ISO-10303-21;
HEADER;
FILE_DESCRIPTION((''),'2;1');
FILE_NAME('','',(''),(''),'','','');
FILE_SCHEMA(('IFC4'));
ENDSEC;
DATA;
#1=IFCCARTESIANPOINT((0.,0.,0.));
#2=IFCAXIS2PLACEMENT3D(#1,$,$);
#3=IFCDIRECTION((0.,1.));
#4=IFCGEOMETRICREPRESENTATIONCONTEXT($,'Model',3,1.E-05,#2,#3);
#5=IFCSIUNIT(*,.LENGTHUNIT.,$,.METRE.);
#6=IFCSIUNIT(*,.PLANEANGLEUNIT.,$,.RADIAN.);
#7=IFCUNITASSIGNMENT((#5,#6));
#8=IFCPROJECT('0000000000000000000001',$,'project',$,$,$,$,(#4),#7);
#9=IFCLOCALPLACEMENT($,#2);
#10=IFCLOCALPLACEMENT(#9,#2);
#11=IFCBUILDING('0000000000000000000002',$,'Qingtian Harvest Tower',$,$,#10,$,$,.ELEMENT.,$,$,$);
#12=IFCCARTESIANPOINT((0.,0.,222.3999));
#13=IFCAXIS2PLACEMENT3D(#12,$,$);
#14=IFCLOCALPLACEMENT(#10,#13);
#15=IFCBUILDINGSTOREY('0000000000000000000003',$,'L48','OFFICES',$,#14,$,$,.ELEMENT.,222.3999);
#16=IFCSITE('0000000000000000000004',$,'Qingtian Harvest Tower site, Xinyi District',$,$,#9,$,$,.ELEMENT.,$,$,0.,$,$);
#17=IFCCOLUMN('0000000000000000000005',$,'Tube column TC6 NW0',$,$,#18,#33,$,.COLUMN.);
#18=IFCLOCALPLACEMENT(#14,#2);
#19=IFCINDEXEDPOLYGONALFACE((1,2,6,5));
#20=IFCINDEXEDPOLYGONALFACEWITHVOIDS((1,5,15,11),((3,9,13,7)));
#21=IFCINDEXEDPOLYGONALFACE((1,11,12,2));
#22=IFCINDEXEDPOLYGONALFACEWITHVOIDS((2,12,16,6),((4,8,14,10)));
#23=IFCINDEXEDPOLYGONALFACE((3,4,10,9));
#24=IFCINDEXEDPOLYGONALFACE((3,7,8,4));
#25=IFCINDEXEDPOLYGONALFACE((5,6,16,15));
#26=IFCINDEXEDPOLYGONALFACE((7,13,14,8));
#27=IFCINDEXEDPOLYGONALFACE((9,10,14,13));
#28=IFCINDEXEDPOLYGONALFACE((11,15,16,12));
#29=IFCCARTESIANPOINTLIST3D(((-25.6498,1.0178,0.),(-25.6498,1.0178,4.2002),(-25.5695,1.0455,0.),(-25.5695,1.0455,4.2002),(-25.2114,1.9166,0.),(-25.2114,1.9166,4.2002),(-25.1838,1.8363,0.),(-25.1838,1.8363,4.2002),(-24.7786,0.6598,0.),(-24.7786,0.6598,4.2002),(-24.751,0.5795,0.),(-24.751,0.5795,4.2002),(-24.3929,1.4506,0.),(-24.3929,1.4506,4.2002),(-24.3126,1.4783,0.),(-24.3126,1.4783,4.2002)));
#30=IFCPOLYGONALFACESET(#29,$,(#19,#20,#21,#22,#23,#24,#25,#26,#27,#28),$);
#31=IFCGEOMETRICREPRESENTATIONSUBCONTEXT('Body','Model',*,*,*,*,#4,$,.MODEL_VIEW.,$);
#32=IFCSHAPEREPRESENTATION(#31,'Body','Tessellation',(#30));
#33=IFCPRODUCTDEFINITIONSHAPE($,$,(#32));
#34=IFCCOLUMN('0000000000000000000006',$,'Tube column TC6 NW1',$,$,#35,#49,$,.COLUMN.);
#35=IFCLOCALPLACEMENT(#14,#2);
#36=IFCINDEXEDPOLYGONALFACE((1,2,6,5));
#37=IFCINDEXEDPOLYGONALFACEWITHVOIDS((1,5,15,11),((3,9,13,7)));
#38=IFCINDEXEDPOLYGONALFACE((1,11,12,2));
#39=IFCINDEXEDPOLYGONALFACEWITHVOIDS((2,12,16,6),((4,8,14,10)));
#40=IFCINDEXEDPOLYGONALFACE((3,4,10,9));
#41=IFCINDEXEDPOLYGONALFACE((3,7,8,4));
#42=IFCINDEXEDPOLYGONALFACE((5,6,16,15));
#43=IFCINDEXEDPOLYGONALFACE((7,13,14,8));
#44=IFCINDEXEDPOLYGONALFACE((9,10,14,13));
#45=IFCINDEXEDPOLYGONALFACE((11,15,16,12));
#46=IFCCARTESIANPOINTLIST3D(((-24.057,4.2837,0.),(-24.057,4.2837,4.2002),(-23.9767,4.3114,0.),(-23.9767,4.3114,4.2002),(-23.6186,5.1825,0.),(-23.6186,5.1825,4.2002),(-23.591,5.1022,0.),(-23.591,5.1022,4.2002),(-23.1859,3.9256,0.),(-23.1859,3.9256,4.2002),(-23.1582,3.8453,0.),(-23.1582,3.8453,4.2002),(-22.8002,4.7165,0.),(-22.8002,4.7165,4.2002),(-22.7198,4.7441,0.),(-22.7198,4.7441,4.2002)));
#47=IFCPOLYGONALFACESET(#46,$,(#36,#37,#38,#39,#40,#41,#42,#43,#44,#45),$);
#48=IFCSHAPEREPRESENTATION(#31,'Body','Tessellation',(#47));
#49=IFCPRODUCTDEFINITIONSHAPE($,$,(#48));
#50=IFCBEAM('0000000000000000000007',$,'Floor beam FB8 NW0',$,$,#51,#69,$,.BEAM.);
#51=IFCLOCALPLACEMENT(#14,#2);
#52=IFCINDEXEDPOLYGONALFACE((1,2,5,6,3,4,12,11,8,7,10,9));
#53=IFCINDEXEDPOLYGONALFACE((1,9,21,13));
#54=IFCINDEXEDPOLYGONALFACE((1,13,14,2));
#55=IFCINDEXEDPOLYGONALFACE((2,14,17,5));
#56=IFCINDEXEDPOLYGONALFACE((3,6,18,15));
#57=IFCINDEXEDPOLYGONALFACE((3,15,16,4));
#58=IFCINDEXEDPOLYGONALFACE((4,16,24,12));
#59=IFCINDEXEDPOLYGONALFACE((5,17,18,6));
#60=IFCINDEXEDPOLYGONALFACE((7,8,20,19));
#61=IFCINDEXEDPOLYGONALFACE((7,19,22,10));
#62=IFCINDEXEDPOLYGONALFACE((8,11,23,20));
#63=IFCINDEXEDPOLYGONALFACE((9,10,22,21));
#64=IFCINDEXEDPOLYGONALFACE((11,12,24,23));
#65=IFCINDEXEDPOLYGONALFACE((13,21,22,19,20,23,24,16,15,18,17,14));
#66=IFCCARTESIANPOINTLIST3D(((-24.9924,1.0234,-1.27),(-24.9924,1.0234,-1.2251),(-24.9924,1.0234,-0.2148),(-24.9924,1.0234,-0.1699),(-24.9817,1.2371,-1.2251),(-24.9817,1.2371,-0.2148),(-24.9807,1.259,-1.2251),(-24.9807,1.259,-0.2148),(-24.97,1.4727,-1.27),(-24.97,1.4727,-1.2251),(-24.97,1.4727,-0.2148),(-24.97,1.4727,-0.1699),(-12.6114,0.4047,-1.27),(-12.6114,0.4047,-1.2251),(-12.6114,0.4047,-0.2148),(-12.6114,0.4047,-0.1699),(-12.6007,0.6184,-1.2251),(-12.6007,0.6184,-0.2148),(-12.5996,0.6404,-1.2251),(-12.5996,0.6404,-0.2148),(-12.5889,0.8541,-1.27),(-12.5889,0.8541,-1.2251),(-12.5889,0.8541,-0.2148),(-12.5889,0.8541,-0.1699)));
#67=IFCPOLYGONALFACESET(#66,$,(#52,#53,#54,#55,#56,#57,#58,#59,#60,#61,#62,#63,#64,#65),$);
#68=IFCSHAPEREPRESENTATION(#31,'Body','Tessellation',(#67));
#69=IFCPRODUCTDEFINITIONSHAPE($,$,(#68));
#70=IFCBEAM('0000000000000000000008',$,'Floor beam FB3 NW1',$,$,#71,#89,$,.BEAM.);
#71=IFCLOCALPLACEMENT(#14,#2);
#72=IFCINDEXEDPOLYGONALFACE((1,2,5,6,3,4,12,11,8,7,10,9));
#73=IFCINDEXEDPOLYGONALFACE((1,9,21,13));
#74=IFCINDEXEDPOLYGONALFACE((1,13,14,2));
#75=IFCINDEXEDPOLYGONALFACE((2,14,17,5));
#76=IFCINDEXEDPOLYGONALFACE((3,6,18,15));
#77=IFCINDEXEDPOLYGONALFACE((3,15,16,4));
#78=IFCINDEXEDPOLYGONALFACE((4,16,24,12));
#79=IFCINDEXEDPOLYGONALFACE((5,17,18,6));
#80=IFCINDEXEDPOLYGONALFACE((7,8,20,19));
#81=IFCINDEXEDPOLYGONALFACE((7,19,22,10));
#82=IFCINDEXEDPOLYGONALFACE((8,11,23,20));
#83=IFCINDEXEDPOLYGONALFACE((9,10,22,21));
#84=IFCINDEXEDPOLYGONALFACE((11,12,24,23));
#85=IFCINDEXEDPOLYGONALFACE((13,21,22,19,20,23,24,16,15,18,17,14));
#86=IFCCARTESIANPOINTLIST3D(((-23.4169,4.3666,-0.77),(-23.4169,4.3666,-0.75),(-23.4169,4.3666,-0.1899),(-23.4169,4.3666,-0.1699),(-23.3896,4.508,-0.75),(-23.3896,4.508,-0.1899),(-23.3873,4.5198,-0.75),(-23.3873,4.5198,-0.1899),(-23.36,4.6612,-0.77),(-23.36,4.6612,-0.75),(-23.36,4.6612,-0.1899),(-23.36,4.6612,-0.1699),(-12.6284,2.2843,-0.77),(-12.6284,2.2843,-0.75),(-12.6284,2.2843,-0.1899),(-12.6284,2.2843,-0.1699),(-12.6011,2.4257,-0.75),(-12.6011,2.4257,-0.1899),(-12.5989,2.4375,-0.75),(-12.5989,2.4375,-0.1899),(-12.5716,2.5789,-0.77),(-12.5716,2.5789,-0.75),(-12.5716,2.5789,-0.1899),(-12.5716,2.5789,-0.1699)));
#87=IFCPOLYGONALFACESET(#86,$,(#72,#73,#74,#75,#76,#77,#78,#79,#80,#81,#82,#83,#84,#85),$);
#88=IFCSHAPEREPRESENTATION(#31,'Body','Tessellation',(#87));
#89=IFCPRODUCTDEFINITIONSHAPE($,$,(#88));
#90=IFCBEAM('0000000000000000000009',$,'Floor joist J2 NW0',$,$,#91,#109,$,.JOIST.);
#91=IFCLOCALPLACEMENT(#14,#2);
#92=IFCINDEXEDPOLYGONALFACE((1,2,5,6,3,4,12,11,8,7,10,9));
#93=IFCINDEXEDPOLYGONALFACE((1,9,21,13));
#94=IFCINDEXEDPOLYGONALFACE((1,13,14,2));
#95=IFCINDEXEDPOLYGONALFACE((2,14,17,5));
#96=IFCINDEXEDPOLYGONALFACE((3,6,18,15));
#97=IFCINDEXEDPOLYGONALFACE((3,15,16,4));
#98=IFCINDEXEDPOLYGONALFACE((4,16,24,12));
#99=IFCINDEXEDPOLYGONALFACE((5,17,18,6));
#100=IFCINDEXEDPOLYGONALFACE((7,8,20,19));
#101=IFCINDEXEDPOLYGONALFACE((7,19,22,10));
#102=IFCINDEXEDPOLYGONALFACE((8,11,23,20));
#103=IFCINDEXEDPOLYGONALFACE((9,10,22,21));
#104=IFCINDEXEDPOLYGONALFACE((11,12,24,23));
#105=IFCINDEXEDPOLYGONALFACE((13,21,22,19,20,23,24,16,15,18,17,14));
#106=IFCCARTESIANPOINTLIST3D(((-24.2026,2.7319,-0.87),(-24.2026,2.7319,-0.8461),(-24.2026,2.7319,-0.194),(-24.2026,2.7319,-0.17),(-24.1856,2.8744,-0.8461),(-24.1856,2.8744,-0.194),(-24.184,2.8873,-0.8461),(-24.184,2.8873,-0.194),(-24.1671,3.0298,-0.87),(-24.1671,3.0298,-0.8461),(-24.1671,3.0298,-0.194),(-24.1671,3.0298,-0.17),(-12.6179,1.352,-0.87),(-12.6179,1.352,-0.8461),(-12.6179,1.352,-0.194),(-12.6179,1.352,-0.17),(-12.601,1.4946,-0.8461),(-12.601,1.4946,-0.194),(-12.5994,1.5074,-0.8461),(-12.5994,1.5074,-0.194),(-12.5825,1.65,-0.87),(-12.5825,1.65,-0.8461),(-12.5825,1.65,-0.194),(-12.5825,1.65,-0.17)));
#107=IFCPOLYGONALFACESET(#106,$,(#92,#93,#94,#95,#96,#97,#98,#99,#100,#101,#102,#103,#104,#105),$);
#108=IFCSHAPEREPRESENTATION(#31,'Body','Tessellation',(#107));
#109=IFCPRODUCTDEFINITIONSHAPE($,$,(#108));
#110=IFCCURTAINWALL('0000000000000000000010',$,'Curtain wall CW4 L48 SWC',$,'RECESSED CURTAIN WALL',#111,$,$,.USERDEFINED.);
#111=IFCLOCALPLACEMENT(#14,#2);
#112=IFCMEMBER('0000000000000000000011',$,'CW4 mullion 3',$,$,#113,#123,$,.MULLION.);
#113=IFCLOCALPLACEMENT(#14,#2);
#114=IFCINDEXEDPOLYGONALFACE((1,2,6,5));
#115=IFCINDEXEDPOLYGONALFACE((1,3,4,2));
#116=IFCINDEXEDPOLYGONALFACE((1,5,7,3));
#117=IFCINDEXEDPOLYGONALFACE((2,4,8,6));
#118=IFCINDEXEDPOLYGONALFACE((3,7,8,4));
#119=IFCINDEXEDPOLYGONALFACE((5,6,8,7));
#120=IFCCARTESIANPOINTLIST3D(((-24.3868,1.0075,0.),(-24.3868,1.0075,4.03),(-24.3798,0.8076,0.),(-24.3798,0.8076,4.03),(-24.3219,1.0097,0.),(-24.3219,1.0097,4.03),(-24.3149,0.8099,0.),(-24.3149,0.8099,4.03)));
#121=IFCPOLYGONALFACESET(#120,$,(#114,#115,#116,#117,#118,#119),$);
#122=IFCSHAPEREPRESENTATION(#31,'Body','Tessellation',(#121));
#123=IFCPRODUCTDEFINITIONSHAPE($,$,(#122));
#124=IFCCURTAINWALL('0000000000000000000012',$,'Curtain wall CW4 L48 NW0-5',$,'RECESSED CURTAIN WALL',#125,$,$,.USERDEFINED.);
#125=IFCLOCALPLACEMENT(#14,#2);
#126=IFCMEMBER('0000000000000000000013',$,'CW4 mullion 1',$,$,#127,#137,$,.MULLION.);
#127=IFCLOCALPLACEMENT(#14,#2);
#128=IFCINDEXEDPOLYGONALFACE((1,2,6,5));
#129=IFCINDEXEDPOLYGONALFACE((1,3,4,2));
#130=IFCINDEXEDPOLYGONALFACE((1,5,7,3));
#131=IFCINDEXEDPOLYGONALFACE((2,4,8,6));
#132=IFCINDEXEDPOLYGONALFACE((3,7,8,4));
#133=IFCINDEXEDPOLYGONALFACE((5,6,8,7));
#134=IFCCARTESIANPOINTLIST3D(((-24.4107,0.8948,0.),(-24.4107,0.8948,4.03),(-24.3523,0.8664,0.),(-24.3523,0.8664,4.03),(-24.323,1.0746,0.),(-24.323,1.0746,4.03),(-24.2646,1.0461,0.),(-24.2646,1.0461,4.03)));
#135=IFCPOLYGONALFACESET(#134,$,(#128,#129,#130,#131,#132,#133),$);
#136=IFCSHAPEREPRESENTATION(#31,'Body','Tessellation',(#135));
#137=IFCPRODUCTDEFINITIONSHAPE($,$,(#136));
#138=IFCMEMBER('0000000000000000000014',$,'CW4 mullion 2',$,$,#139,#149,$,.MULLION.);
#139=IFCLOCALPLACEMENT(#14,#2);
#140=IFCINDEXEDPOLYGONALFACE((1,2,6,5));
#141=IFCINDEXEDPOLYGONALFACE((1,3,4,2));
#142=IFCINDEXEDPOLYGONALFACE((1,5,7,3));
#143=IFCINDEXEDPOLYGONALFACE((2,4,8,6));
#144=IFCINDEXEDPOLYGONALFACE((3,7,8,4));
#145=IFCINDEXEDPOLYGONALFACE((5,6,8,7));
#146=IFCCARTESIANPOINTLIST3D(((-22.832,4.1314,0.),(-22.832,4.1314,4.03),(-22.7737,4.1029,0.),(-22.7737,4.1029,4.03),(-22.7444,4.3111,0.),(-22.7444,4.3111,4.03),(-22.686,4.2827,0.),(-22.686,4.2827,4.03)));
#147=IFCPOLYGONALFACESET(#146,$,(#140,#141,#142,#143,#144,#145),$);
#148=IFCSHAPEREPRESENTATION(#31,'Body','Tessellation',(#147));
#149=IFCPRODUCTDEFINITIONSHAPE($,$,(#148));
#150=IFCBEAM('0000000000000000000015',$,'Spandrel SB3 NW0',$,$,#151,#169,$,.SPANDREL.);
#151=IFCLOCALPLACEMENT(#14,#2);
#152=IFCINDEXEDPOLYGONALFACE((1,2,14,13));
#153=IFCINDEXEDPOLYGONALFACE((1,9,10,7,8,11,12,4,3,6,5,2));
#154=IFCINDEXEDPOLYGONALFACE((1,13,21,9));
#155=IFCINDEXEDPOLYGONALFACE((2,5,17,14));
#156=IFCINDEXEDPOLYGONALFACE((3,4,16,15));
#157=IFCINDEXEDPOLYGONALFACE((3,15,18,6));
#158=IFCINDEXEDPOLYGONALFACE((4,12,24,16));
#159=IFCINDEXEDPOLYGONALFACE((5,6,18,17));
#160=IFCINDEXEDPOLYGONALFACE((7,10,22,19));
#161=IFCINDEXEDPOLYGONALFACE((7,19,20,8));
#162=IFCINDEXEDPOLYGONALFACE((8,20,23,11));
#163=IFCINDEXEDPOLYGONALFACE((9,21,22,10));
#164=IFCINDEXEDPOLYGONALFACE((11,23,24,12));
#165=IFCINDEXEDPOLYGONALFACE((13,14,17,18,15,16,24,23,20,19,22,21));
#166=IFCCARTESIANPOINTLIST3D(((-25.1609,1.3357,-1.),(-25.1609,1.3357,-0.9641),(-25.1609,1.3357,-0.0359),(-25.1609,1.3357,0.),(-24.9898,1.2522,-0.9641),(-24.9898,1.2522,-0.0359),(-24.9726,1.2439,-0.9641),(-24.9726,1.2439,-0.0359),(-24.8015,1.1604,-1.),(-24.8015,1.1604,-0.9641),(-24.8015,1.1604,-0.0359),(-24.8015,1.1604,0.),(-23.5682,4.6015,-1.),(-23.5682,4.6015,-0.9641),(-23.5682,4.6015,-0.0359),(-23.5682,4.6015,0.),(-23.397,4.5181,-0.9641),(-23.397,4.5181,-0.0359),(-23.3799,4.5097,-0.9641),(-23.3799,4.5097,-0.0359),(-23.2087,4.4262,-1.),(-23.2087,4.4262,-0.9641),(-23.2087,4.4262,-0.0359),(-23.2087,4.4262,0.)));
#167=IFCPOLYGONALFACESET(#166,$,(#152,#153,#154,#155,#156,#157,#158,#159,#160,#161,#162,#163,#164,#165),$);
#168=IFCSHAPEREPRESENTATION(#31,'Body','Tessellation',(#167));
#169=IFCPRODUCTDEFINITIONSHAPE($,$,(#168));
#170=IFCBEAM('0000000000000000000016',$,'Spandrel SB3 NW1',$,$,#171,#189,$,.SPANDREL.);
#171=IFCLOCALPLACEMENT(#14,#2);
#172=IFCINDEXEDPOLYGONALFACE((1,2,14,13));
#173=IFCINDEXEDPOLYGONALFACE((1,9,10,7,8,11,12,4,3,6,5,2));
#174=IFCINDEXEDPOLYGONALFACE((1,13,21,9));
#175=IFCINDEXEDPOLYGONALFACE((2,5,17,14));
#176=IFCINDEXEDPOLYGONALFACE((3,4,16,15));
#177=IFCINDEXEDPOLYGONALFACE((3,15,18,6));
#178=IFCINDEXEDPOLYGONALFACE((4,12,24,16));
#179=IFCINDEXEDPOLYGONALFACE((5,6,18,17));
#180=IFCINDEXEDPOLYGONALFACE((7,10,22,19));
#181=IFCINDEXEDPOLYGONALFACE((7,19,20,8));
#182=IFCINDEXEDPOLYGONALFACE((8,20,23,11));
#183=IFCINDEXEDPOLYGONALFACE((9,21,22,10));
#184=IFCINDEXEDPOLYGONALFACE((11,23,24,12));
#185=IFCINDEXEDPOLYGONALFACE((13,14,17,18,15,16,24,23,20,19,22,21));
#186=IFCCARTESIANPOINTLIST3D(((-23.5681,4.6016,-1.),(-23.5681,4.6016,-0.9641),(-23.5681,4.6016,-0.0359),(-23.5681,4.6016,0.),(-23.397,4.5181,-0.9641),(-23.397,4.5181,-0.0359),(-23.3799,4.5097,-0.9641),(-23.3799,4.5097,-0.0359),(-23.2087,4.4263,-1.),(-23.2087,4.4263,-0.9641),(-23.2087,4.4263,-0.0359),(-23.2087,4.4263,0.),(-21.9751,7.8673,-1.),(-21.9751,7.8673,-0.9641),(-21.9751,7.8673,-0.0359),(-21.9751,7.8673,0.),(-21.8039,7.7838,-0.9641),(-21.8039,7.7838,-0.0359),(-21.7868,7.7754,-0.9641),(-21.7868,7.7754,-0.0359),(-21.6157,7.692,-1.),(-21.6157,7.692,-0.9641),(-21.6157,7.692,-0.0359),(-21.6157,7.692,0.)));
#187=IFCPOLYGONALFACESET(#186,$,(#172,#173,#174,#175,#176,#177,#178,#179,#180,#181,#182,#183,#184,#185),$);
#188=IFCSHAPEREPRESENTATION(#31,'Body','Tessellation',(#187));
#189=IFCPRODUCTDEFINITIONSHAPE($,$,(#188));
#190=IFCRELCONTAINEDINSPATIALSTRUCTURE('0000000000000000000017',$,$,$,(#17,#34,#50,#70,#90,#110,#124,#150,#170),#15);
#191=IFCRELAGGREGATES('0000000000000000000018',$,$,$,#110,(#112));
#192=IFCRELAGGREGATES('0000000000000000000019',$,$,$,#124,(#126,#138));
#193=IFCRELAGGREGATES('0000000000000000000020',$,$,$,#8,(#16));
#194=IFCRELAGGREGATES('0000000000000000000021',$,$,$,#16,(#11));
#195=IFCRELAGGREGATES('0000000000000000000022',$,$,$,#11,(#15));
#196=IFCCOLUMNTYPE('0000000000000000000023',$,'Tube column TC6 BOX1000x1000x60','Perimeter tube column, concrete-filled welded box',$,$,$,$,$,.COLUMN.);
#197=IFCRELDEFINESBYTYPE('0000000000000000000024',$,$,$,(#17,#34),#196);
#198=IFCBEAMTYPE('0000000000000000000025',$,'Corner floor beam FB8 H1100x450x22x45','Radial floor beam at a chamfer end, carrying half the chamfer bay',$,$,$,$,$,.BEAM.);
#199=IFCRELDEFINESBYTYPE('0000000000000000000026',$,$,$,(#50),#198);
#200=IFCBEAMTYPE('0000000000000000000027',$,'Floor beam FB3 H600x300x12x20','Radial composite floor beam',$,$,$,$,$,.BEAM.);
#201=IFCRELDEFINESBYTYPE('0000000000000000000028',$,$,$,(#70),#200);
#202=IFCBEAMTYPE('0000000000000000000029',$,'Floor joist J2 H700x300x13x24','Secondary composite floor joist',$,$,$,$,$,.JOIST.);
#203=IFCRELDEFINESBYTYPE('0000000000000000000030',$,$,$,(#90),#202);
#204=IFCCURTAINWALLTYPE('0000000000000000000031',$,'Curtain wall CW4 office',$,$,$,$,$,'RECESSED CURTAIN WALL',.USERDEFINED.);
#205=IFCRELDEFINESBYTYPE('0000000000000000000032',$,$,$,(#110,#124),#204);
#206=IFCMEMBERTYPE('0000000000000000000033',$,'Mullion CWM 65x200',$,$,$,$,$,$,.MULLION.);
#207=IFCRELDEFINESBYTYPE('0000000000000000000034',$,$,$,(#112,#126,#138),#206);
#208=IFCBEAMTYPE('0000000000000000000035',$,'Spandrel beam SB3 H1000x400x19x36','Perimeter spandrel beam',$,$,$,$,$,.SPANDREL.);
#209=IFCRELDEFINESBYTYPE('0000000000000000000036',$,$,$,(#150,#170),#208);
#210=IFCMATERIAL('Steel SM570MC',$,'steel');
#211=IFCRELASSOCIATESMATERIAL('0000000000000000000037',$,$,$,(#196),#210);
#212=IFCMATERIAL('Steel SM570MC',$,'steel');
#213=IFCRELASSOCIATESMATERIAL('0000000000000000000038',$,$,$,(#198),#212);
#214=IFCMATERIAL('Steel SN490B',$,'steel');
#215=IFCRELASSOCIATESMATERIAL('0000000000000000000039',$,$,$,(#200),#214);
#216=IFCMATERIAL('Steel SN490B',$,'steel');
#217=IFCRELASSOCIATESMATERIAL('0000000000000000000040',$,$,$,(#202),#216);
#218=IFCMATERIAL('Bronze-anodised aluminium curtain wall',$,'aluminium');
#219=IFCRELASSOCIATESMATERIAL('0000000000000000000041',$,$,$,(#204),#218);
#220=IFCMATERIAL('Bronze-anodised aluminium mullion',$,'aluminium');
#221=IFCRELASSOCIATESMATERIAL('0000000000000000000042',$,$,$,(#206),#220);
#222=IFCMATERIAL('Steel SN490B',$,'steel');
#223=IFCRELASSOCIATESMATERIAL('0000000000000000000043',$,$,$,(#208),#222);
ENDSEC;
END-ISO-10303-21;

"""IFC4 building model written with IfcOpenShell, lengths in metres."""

from ifc_helpers import new_model, si_unit, direction, frame, origin, origin_2d, place, context, subcontext, project, spatial, rectangle, hollow_rectangle, i_section, extrude, material, material_profile, profile_set, type_object, element, aggregate, save


model = new_model("IFC4")

# Units and contexts
model_context = context("Model", 3, precision=1e-05, world=origin(), true_north=direction((0.0, 1.0)))
body_context = subcontext(model_context, "Body", "Model", "MODEL_VIEW")
ifc_project = project(units=[si_unit("LENGTHUNIT", "METRE"), si_unit("PLANEANGLEUNIT", "RADIAN")], contexts=[model_context])

# Site, building, storey
site_placement = place(None, origin())
site = spatial("IfcSite", under=ifc_project, at=site_placement, Name="Qingtian Harvest Tower site, Xinyi District", CompositionType="ELEMENT", RefElevation=0.0)
building_placement = place(site_placement, origin())
building = spatial("IfcBuilding", under=site, at=building_placement, Name="Qingtian Harvest Tower", CompositionType="ELEMENT")
storey_placement = place(building_placement, frame((0.0, 0.0, 222.3999)))
storey = spatial("IfcBuildingStorey", under=building, at=storey_placement, Name="L48", Description="OFFICES", CompositionType="ELEMENT", Elevation=222.3999)

# Columns
ifc_material_1 = material(Name="Steel SM570MC", Category="steel")
ifc_material_profile_1 = material_profile(ifc_material_1, hollow_rectangle(XDim=1.0, YDim=1.0, WallThickness=0.0601, at=origin_2d()), Name="BOX1000x1000x60")
ifc_profile_set_1 = profile_set([ifc_material_profile_1], Name="Steel SM570MC")
column_type = type_object("IfcColumnType", Name="Tube column TC6 BOX1000x1000x60", Description="Perimeter tube column, concrete-filled welded box", PredefinedType="COLUMN", material=ifc_profile_set_1)
for number, where, z_axis, x_axis, name in (
    (1, (-24.9812, 1.248, 0.0), (0.0, 0.0, 1.0), (-0.438371, -0.898794, 0.0), "Tube column TC6 NW0"),
    (2, (-23.3884, 4.5139, 0.0), (0.0, 0.0, 1.0), (-0.438371, -0.898794, 0.0), "Tube column TC6 NW1"),
):
    element("IfcColumn", number, at=place(storey_placement, frame(where, z_axis=z_axis, x_axis=x_axis)), inside=storey, type_object=column_type, Name=name, PredefinedType="COLUMN", context=body_context, shape_type="SweptSolid", body=[
        extrude(hollow_rectangle(XDim=1.0, YDim=1.0, WallThickness=0.0601, at=origin_2d()), origin(), (0.0, 0.0, 1.0), 4.2002),
    ])

# Beams
ifc_material_2 = material(Name="Steel SM570MC", Category="steel")
ifc_material_profile_2 = material_profile(ifc_material_2, i_section(OverallWidth=0.45, OverallDepth=1.1001, WebThickness=0.022, FlangeThickness=0.0449, at=origin_2d()), Name="H1100x450x22x45")
ifc_profile_set_2 = profile_set([ifc_material_profile_2], Name="Steel SM570MC")
beam_type_1 = type_object("IfcBeamType", Name="Corner floor beam FB8 H1100x450x22x45", Description="Radial floor beam at a chamfer end, carrying half the chamfer bay", PredefinedType="BEAM", material=ifc_profile_set_2)
beam_1_placement = place(storey_placement, frame((-24.9812, 1.248, -0.72), z_axis=(0.998754, -0.049905, 0.0), x_axis=(0.049905, 0.998754, 0.0)))
element("IfcBeam", 3, at=beam_1_placement, inside=storey, type_object=beam_type_1, Name="Floor beam FB8 NW0", PredefinedType="BEAM", context=body_context, shape_type="SweptSolid", body=[
    extrude(i_section(OverallWidth=0.45, OverallDepth=1.1001, WebThickness=0.022, FlangeThickness=0.0449, at=origin_2d()), origin(), (0.0, 0.0, 1.0), 12.3965),
])
ifc_material_3 = material(Name="Steel SN490B", Category="steel")
ifc_material_profile_3 = material_profile(ifc_material_3, i_section(OverallWidth=0.3, OverallDepth=0.6001, WebThickness=0.012, FlangeThickness=0.02, at=origin_2d()), Name="H600x300x12x20")
ifc_profile_set_3 = profile_set([ifc_material_profile_3], Name="Steel SN490B")
beam_type_2 = type_object("IfcBeamType", Name="Floor beam FB3 H600x300x12x20", Description="Radial composite floor beam", PredefinedType="BEAM", material=ifc_profile_set_3)
beam_2_placement = place(storey_placement, frame((-23.3884, 4.5139, -0.47), z_axis=(0.981878, -0.189514, 0.0), x_axis=(0.189514, 0.981878, 0.0)))
element("IfcBeam", 4, at=beam_2_placement, inside=storey, type_object=beam_type_2, Name="Floor beam FB3 NW1", PredefinedType="BEAM", context=body_context, shape_type="SweptSolid", body=[
    extrude(i_section(OverallWidth=0.3, OverallDepth=0.6001, WebThickness=0.012, FlangeThickness=0.02, at=origin_2d()), origin(), (0.0, 0.0, 1.0), 10.9875),
])
ifc_material_4 = material(Name="Steel SN490B", Category="steel")
ifc_material_profile_4 = material_profile(ifc_material_4, i_section(OverallWidth=0.3, OverallDepth=0.7, WebThickness=0.0129, FlangeThickness=0.0239, at=origin_2d()), Name="H700x300x13x24")
ifc_profile_set_4 = profile_set([ifc_material_profile_4], Name="Steel SN490B")
beam_type_3 = type_object("IfcBeamType", Name="Floor joist J2 H700x300x13x24", Description="Secondary composite floor joist", PredefinedType="JOIST", material=ifc_profile_set_4)
beam_3_placement = place(storey_placement, frame((-24.1848, 2.8809, -0.52), z_axis=(0.992981, -0.118276, 0.0), x_axis=(0.118276, 0.992981, 0.0)))
element("IfcBeam", 5, at=beam_3_placement, inside=storey, type_object=beam_type_3, Name="Floor joist J2 NW0", PredefinedType="JOIST", context=body_context, shape_type="SweptSolid", body=[
    extrude(i_section(OverallWidth=0.3, OverallDepth=0.7, WebThickness=0.0129, FlangeThickness=0.0239, at=origin_2d()), origin(), (0.0, 0.0, 1.0), 11.6665),
])

# Curtain wall, member
ifc_material_5 = material(Name="Bronze-anodised aluminium curtain wall", Category="aluminium")
curtain_wall_type = type_object("IfcCurtainWallType", Name="Curtain wall CW4 office", ElementType="RECESSED CURTAIN WALL", PredefinedType="USERDEFINED", material=ifc_material_5)
curtain_wall_1_placement = place(storey_placement, origin())
curtain_wall_1 = element("IfcCurtainWall", 6, at=curtain_wall_1_placement, inside=storey, type_object=curtain_wall_type, Name="Curtain wall CW4 L48 SWC", ObjectType="RECESSED CURTAIN WALL", PredefinedType="USERDEFINED")
ifc_material_6 = material(Name="Bronze-anodised aluminium mullion", Category="aluminium")
ifc_material_profile_5 = material_profile(ifc_material_6, rectangle(XDim=0.0649, YDim=0.2, at=origin_2d()), Name="AL 65x200")
ifc_profile_set_5 = profile_set([ifc_material_profile_5], Name="Bronze-anodised aluminium mullion")
member_type_1 = type_object("IfcMemberType", Name="Mullion CWM 65x200", PredefinedType="MULLION", material=ifc_profile_set_5)
member_1_placement = place(storey_placement, frame((-24.3508, 0.9087, 0.0), z_axis=(0.0, 0.0, 1.0), x_axis=(-0.999391, -0.034899, 0.0)))
member_1 = element("IfcMember", 7, at=member_1_placement, type_object=member_type_1, Name="CW4 mullion 3", PredefinedType="MULLION", context=body_context, shape_type="SweptSolid", body=[
    extrude(rectangle(XDim=0.0649, YDim=0.2, at=origin_2d()), origin(), (0.0, 0.0, 1.0), 4.03),
])

# Curtain wall, members
curtain_wall_2_placement = place(storey_placement, origin())
curtain_wall_2 = element("IfcCurtainWall", 8, at=curtain_wall_2_placement, inside=storey, type_object=curtain_wall_type, Name="Curtain wall CW4 L48 NW0-5", ObjectType="RECESSED CURTAIN WALL", PredefinedType="USERDEFINED")
member_2_placement = place(storey_placement, frame((-24.3376, 0.9705, 0.0), z_axis=(0.0, 0.0, 1.0), x_axis=(-0.898794, 0.438371, 0.0)))
member_2 = element("IfcMember", 9, at=member_2_placement, type_object=member_type_1, Name="CW4 mullion 1", PredefinedType="MULLION", context=body_context, shape_type="SweptSolid", body=[
    extrude(rectangle(XDim=0.0649, YDim=0.2, at=origin_2d()), origin(), (0.0, 0.0, 1.0), 4.03),
])
member_3_placement = place(storey_placement, frame((-22.759, 4.207, 0.0), z_axis=(0.0, 0.0, 1.0), x_axis=(-0.898794, 0.438371, 0.0)))
member_3 = element("IfcMember", 10, at=member_3_placement, type_object=member_type_1, Name="CW4 mullion 2", PredefinedType="MULLION", context=body_context, shape_type="SweptSolid", body=[
    extrude(rectangle(XDim=0.0649, YDim=0.2, at=origin_2d()), origin(), (0.0, 0.0, 1.0), 4.03),
])

# Beams
ifc_material_7 = material(Name="Steel SN490B", Category="steel")
ifc_material_profile_6 = material_profile(ifc_material_7, i_section(OverallWidth=0.3999, OverallDepth=1.0, WebThickness=0.019, FlangeThickness=0.0359, at=origin_2d()), Name="H1000x400x19x36")
ifc_profile_set_6 = profile_set([ifc_material_profile_6], Name="Steel SN490B")
beam_type_4 = type_object("IfcBeamType", Name="Spandrel beam SB3 H1000x400x19x36", Description="Perimeter spandrel beam", PredefinedType="SPANDREL", material=ifc_profile_set_6)
for number, where, z_axis, x_axis, name in (
    (11, (-24.9812, 1.248, -0.5), (0.438349, 0.898805, 0.0), (-0.898805, 0.438349, 0.0), "Spandrel SB3 NW0"),
    (12, (-23.3884, 4.5139, -0.5), (0.43843, 0.898765, 0.0), (-0.898765, 0.43843, 0.0), "Spandrel SB3 NW1"),
):
    element("IfcBeam", number, at=place(storey_placement, frame(where, z_axis=z_axis, x_axis=x_axis)), inside=storey, type_object=beam_type_4, Name=name, PredefinedType="SPANDREL", context=body_context, shape_type="SweptSolid", body=[
        extrude(i_section(OverallWidth=0.3999, OverallDepth=1.0, WebThickness=0.019, FlangeThickness=0.0359, at=origin_2d()), origin(), (0.0, 0.0, 1.0), 3.6335),
    ])

aggregate(curtain_wall_1, [member_1])
aggregate(curtain_wall_2, [member_2, member_3])

save(model, "model.ifc")
